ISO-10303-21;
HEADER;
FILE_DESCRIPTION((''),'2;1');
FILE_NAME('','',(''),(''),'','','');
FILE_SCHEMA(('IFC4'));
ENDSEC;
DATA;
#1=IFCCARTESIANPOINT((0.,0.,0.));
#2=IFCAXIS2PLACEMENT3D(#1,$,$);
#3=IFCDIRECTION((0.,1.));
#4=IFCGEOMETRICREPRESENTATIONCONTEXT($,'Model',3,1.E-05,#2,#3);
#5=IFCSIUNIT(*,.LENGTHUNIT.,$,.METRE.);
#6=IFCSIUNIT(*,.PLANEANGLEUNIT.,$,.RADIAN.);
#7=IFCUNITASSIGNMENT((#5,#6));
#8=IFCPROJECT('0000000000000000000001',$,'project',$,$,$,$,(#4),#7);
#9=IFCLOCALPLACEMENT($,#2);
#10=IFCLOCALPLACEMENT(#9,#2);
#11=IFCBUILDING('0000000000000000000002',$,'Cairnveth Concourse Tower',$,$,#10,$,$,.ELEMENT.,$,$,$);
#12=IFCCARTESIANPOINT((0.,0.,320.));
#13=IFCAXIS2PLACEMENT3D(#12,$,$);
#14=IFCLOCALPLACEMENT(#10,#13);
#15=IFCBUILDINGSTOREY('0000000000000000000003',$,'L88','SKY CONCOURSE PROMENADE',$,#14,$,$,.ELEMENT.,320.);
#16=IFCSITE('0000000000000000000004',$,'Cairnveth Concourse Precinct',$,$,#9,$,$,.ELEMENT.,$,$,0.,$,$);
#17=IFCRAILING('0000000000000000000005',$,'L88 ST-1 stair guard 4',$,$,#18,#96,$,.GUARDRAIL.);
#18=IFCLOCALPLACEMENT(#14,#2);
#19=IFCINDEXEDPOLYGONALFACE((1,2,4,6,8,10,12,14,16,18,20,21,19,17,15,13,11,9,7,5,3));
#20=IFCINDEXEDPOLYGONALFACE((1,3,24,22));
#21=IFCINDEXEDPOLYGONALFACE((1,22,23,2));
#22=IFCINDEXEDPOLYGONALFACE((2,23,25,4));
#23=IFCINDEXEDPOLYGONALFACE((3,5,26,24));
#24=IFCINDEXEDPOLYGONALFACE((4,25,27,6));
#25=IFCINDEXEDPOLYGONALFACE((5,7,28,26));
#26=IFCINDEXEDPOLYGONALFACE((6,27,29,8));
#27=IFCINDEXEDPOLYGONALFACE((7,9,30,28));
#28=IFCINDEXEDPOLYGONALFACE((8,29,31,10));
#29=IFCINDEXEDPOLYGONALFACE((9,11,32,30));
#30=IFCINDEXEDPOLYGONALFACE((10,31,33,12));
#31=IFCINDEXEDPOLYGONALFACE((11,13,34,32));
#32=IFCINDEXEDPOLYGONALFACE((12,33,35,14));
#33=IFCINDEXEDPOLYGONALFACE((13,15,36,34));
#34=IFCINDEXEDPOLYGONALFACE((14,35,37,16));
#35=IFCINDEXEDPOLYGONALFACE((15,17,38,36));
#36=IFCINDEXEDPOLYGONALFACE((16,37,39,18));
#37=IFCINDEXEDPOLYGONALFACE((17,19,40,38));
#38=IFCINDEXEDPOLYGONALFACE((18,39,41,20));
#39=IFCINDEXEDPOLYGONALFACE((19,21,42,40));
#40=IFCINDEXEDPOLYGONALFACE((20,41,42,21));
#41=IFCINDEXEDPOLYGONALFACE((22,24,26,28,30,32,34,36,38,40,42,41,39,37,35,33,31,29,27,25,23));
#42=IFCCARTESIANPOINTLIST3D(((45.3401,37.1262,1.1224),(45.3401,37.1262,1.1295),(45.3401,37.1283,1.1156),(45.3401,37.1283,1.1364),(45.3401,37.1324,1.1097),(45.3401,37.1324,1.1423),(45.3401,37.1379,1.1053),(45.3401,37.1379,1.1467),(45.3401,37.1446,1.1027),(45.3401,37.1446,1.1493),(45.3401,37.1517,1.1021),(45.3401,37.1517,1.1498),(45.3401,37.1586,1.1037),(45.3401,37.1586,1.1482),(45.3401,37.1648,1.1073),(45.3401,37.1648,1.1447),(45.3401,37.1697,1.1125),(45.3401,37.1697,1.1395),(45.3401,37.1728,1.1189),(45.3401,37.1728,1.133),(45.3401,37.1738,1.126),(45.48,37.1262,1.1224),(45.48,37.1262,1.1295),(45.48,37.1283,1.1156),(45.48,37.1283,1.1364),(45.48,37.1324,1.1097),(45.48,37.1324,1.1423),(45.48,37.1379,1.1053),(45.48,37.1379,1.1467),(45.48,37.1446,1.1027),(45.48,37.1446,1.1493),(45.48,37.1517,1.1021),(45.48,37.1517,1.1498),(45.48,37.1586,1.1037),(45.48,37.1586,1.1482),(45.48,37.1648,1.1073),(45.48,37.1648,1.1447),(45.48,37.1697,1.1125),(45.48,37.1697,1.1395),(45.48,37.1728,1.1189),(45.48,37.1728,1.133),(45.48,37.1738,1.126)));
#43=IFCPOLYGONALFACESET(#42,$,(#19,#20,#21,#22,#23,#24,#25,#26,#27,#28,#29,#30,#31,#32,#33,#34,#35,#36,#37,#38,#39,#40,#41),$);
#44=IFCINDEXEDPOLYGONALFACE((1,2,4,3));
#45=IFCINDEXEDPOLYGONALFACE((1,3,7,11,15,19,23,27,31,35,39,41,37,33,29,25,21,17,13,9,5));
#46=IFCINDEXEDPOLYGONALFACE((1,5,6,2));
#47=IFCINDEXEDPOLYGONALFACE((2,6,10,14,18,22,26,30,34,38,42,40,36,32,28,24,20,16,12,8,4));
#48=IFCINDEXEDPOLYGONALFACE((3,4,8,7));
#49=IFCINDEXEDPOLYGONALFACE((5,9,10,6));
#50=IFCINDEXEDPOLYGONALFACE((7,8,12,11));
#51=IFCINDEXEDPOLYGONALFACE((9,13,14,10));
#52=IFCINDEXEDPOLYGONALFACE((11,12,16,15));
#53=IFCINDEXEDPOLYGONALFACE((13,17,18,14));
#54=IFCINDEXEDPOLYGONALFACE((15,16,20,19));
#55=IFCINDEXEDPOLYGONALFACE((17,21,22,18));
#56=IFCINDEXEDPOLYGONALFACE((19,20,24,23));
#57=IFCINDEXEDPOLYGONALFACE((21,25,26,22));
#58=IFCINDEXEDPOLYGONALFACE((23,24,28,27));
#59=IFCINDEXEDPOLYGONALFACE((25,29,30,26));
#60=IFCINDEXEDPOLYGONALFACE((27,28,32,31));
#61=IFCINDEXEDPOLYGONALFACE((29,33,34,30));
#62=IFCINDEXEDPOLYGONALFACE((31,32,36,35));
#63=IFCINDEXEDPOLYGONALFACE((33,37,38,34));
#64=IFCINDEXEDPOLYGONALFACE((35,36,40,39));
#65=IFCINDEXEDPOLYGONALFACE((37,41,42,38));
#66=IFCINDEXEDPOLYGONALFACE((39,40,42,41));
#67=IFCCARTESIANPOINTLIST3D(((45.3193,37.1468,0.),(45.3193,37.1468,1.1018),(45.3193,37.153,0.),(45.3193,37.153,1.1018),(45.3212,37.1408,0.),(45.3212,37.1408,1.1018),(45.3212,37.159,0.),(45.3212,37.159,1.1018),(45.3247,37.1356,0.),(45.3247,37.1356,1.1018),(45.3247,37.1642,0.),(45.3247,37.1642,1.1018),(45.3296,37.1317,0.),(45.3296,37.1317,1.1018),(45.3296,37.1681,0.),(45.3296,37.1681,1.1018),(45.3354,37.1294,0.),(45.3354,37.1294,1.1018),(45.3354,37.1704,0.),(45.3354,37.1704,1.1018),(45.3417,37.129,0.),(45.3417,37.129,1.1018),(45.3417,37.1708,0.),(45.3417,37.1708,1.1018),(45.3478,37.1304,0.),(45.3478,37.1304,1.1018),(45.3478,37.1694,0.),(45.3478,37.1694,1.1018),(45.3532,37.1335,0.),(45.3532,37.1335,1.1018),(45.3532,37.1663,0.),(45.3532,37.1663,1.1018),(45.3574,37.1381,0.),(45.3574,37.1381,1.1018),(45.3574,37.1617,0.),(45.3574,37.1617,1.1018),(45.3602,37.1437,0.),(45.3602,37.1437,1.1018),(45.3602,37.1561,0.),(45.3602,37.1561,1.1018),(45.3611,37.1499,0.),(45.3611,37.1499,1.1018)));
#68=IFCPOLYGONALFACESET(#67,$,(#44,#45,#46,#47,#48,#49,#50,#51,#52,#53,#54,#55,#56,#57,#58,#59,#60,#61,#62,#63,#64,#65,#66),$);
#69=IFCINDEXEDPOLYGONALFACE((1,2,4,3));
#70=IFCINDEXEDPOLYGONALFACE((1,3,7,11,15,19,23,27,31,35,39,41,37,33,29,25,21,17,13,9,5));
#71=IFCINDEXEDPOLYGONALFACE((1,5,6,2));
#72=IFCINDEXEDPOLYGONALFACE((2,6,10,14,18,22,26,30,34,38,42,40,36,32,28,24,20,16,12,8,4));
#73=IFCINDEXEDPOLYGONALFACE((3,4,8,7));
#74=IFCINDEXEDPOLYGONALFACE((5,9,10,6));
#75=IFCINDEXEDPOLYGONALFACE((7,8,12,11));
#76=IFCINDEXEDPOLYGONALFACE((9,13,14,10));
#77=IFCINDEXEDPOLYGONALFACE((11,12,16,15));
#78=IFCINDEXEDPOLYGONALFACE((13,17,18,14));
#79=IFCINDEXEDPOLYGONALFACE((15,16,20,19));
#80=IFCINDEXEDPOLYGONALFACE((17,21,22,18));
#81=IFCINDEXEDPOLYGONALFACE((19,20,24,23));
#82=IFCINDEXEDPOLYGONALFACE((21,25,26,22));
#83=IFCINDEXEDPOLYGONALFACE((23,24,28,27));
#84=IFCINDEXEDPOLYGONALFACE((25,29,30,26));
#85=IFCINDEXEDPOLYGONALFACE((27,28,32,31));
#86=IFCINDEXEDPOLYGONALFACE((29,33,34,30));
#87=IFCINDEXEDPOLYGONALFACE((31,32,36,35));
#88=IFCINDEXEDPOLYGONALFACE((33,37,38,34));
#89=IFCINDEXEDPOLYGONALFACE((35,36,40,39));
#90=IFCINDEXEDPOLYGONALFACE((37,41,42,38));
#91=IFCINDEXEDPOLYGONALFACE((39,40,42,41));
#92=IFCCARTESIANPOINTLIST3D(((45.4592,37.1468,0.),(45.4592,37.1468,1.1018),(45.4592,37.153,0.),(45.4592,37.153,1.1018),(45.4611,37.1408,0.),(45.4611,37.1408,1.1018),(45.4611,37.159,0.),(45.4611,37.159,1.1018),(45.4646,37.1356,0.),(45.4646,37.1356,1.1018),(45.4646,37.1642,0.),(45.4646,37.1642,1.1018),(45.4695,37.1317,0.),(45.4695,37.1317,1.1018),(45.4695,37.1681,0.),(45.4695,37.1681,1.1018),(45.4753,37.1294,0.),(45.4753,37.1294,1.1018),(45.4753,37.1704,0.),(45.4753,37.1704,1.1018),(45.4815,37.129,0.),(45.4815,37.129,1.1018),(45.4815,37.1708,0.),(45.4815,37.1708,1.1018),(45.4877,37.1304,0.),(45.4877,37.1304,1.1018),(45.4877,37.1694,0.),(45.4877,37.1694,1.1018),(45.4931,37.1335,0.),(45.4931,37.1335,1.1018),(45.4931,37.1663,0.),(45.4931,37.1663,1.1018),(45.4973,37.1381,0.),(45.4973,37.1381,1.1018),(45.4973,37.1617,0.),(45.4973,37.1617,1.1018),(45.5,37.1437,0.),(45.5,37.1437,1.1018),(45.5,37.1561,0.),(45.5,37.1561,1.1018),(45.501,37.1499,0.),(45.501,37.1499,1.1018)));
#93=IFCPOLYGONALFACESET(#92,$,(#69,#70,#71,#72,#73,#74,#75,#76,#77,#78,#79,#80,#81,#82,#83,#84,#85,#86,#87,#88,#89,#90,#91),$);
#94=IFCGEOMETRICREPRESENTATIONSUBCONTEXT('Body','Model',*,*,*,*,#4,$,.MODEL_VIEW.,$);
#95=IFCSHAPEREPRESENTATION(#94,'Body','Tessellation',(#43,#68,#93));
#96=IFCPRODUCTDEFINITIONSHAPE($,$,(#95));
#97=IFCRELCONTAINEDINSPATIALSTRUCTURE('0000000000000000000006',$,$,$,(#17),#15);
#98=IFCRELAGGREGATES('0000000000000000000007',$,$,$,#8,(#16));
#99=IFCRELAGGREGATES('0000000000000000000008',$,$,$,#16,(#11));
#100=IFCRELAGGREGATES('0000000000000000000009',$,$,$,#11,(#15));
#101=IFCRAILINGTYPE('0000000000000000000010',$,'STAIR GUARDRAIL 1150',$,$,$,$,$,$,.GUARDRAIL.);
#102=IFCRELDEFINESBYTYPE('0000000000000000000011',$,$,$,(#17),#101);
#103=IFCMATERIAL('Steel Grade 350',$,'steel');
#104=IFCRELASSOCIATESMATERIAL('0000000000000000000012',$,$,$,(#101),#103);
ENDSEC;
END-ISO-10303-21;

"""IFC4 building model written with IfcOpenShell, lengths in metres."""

from ifc_helpers import new_model, si_unit, direction, frame, origin, origin_2d, place, context, subcontext, project, spatial, circle, extrude, material, type_object, element, save


model = new_model("IFC4")

# Units and contexts
model_context = context("Model", 3, precision=1e-05, world=origin(), true_north=direction((0.0, 1.0)))
body_context = subcontext(model_context, "Body", "Model", "MODEL_VIEW")
ifc_project = project(units=[si_unit("LENGTHUNIT", "METRE"), si_unit("PLANEANGLEUNIT", "RADIAN")], contexts=[model_context])

# Site, building, storey
site_placement = place(None, origin())
site = spatial("IfcSite", under=ifc_project, at=site_placement, Name="Cairnveth Concourse Precinct", CompositionType="ELEMENT", RefElevation=0.0)
building_placement = place(site_placement, origin())
building = spatial("IfcBuilding", under=site, at=building_placement, Name="Cairnveth Concourse Tower", CompositionType="ELEMENT")
storey_placement = place(building_placement, frame((0.0, 0.0, 320.0)))
storey = spatial("IfcBuildingStorey", under=building, at=storey_placement, Name="L88", Description="SKY CONCOURSE PROMENADE", CompositionType="ELEMENT", Elevation=320.0)

# Shared definitions
ifc_material_1 = material(Name="Steel Grade 350", Category="steel")

# Railing
railing_type_1 = type_object("IfcRailingType", Name="STAIR GUARDRAIL 1150", PredefinedType="GUARDRAIL", material=ifc_material_1)
railing_1_placement = place(storey_placement, frame((45.3401, 37.1499, 0.0)))
element("IfcRailing", 1, at=railing_1_placement, inside=storey, type_object=railing_type_1, Name="L88 ST-1 stair guard 4", PredefinedType="GUARDRAIL", context=body_context, shape_type="SweptSolid", body=[
    extrude(circle(Radius=0.0239, at=origin_2d()), frame((0.0, 0.0, 1.126), z_axis=(1.0, 0.0, 0.0), x_axis=(0.0, 1.0, 0.0)), (0.0, 0.0, 1.0), 0.1399),
    extrude(circle(Radius=0.021, at=origin_2d()), origin(), (0.0, 0.0, 1.0), 1.1018),
    extrude(circle(Radius=0.021, at=origin_2d()), frame((0.1399, 0.0, 0.0)), (0.0, 0.0, 1.0), 1.1018),
])

save(model, "model.ifc")
